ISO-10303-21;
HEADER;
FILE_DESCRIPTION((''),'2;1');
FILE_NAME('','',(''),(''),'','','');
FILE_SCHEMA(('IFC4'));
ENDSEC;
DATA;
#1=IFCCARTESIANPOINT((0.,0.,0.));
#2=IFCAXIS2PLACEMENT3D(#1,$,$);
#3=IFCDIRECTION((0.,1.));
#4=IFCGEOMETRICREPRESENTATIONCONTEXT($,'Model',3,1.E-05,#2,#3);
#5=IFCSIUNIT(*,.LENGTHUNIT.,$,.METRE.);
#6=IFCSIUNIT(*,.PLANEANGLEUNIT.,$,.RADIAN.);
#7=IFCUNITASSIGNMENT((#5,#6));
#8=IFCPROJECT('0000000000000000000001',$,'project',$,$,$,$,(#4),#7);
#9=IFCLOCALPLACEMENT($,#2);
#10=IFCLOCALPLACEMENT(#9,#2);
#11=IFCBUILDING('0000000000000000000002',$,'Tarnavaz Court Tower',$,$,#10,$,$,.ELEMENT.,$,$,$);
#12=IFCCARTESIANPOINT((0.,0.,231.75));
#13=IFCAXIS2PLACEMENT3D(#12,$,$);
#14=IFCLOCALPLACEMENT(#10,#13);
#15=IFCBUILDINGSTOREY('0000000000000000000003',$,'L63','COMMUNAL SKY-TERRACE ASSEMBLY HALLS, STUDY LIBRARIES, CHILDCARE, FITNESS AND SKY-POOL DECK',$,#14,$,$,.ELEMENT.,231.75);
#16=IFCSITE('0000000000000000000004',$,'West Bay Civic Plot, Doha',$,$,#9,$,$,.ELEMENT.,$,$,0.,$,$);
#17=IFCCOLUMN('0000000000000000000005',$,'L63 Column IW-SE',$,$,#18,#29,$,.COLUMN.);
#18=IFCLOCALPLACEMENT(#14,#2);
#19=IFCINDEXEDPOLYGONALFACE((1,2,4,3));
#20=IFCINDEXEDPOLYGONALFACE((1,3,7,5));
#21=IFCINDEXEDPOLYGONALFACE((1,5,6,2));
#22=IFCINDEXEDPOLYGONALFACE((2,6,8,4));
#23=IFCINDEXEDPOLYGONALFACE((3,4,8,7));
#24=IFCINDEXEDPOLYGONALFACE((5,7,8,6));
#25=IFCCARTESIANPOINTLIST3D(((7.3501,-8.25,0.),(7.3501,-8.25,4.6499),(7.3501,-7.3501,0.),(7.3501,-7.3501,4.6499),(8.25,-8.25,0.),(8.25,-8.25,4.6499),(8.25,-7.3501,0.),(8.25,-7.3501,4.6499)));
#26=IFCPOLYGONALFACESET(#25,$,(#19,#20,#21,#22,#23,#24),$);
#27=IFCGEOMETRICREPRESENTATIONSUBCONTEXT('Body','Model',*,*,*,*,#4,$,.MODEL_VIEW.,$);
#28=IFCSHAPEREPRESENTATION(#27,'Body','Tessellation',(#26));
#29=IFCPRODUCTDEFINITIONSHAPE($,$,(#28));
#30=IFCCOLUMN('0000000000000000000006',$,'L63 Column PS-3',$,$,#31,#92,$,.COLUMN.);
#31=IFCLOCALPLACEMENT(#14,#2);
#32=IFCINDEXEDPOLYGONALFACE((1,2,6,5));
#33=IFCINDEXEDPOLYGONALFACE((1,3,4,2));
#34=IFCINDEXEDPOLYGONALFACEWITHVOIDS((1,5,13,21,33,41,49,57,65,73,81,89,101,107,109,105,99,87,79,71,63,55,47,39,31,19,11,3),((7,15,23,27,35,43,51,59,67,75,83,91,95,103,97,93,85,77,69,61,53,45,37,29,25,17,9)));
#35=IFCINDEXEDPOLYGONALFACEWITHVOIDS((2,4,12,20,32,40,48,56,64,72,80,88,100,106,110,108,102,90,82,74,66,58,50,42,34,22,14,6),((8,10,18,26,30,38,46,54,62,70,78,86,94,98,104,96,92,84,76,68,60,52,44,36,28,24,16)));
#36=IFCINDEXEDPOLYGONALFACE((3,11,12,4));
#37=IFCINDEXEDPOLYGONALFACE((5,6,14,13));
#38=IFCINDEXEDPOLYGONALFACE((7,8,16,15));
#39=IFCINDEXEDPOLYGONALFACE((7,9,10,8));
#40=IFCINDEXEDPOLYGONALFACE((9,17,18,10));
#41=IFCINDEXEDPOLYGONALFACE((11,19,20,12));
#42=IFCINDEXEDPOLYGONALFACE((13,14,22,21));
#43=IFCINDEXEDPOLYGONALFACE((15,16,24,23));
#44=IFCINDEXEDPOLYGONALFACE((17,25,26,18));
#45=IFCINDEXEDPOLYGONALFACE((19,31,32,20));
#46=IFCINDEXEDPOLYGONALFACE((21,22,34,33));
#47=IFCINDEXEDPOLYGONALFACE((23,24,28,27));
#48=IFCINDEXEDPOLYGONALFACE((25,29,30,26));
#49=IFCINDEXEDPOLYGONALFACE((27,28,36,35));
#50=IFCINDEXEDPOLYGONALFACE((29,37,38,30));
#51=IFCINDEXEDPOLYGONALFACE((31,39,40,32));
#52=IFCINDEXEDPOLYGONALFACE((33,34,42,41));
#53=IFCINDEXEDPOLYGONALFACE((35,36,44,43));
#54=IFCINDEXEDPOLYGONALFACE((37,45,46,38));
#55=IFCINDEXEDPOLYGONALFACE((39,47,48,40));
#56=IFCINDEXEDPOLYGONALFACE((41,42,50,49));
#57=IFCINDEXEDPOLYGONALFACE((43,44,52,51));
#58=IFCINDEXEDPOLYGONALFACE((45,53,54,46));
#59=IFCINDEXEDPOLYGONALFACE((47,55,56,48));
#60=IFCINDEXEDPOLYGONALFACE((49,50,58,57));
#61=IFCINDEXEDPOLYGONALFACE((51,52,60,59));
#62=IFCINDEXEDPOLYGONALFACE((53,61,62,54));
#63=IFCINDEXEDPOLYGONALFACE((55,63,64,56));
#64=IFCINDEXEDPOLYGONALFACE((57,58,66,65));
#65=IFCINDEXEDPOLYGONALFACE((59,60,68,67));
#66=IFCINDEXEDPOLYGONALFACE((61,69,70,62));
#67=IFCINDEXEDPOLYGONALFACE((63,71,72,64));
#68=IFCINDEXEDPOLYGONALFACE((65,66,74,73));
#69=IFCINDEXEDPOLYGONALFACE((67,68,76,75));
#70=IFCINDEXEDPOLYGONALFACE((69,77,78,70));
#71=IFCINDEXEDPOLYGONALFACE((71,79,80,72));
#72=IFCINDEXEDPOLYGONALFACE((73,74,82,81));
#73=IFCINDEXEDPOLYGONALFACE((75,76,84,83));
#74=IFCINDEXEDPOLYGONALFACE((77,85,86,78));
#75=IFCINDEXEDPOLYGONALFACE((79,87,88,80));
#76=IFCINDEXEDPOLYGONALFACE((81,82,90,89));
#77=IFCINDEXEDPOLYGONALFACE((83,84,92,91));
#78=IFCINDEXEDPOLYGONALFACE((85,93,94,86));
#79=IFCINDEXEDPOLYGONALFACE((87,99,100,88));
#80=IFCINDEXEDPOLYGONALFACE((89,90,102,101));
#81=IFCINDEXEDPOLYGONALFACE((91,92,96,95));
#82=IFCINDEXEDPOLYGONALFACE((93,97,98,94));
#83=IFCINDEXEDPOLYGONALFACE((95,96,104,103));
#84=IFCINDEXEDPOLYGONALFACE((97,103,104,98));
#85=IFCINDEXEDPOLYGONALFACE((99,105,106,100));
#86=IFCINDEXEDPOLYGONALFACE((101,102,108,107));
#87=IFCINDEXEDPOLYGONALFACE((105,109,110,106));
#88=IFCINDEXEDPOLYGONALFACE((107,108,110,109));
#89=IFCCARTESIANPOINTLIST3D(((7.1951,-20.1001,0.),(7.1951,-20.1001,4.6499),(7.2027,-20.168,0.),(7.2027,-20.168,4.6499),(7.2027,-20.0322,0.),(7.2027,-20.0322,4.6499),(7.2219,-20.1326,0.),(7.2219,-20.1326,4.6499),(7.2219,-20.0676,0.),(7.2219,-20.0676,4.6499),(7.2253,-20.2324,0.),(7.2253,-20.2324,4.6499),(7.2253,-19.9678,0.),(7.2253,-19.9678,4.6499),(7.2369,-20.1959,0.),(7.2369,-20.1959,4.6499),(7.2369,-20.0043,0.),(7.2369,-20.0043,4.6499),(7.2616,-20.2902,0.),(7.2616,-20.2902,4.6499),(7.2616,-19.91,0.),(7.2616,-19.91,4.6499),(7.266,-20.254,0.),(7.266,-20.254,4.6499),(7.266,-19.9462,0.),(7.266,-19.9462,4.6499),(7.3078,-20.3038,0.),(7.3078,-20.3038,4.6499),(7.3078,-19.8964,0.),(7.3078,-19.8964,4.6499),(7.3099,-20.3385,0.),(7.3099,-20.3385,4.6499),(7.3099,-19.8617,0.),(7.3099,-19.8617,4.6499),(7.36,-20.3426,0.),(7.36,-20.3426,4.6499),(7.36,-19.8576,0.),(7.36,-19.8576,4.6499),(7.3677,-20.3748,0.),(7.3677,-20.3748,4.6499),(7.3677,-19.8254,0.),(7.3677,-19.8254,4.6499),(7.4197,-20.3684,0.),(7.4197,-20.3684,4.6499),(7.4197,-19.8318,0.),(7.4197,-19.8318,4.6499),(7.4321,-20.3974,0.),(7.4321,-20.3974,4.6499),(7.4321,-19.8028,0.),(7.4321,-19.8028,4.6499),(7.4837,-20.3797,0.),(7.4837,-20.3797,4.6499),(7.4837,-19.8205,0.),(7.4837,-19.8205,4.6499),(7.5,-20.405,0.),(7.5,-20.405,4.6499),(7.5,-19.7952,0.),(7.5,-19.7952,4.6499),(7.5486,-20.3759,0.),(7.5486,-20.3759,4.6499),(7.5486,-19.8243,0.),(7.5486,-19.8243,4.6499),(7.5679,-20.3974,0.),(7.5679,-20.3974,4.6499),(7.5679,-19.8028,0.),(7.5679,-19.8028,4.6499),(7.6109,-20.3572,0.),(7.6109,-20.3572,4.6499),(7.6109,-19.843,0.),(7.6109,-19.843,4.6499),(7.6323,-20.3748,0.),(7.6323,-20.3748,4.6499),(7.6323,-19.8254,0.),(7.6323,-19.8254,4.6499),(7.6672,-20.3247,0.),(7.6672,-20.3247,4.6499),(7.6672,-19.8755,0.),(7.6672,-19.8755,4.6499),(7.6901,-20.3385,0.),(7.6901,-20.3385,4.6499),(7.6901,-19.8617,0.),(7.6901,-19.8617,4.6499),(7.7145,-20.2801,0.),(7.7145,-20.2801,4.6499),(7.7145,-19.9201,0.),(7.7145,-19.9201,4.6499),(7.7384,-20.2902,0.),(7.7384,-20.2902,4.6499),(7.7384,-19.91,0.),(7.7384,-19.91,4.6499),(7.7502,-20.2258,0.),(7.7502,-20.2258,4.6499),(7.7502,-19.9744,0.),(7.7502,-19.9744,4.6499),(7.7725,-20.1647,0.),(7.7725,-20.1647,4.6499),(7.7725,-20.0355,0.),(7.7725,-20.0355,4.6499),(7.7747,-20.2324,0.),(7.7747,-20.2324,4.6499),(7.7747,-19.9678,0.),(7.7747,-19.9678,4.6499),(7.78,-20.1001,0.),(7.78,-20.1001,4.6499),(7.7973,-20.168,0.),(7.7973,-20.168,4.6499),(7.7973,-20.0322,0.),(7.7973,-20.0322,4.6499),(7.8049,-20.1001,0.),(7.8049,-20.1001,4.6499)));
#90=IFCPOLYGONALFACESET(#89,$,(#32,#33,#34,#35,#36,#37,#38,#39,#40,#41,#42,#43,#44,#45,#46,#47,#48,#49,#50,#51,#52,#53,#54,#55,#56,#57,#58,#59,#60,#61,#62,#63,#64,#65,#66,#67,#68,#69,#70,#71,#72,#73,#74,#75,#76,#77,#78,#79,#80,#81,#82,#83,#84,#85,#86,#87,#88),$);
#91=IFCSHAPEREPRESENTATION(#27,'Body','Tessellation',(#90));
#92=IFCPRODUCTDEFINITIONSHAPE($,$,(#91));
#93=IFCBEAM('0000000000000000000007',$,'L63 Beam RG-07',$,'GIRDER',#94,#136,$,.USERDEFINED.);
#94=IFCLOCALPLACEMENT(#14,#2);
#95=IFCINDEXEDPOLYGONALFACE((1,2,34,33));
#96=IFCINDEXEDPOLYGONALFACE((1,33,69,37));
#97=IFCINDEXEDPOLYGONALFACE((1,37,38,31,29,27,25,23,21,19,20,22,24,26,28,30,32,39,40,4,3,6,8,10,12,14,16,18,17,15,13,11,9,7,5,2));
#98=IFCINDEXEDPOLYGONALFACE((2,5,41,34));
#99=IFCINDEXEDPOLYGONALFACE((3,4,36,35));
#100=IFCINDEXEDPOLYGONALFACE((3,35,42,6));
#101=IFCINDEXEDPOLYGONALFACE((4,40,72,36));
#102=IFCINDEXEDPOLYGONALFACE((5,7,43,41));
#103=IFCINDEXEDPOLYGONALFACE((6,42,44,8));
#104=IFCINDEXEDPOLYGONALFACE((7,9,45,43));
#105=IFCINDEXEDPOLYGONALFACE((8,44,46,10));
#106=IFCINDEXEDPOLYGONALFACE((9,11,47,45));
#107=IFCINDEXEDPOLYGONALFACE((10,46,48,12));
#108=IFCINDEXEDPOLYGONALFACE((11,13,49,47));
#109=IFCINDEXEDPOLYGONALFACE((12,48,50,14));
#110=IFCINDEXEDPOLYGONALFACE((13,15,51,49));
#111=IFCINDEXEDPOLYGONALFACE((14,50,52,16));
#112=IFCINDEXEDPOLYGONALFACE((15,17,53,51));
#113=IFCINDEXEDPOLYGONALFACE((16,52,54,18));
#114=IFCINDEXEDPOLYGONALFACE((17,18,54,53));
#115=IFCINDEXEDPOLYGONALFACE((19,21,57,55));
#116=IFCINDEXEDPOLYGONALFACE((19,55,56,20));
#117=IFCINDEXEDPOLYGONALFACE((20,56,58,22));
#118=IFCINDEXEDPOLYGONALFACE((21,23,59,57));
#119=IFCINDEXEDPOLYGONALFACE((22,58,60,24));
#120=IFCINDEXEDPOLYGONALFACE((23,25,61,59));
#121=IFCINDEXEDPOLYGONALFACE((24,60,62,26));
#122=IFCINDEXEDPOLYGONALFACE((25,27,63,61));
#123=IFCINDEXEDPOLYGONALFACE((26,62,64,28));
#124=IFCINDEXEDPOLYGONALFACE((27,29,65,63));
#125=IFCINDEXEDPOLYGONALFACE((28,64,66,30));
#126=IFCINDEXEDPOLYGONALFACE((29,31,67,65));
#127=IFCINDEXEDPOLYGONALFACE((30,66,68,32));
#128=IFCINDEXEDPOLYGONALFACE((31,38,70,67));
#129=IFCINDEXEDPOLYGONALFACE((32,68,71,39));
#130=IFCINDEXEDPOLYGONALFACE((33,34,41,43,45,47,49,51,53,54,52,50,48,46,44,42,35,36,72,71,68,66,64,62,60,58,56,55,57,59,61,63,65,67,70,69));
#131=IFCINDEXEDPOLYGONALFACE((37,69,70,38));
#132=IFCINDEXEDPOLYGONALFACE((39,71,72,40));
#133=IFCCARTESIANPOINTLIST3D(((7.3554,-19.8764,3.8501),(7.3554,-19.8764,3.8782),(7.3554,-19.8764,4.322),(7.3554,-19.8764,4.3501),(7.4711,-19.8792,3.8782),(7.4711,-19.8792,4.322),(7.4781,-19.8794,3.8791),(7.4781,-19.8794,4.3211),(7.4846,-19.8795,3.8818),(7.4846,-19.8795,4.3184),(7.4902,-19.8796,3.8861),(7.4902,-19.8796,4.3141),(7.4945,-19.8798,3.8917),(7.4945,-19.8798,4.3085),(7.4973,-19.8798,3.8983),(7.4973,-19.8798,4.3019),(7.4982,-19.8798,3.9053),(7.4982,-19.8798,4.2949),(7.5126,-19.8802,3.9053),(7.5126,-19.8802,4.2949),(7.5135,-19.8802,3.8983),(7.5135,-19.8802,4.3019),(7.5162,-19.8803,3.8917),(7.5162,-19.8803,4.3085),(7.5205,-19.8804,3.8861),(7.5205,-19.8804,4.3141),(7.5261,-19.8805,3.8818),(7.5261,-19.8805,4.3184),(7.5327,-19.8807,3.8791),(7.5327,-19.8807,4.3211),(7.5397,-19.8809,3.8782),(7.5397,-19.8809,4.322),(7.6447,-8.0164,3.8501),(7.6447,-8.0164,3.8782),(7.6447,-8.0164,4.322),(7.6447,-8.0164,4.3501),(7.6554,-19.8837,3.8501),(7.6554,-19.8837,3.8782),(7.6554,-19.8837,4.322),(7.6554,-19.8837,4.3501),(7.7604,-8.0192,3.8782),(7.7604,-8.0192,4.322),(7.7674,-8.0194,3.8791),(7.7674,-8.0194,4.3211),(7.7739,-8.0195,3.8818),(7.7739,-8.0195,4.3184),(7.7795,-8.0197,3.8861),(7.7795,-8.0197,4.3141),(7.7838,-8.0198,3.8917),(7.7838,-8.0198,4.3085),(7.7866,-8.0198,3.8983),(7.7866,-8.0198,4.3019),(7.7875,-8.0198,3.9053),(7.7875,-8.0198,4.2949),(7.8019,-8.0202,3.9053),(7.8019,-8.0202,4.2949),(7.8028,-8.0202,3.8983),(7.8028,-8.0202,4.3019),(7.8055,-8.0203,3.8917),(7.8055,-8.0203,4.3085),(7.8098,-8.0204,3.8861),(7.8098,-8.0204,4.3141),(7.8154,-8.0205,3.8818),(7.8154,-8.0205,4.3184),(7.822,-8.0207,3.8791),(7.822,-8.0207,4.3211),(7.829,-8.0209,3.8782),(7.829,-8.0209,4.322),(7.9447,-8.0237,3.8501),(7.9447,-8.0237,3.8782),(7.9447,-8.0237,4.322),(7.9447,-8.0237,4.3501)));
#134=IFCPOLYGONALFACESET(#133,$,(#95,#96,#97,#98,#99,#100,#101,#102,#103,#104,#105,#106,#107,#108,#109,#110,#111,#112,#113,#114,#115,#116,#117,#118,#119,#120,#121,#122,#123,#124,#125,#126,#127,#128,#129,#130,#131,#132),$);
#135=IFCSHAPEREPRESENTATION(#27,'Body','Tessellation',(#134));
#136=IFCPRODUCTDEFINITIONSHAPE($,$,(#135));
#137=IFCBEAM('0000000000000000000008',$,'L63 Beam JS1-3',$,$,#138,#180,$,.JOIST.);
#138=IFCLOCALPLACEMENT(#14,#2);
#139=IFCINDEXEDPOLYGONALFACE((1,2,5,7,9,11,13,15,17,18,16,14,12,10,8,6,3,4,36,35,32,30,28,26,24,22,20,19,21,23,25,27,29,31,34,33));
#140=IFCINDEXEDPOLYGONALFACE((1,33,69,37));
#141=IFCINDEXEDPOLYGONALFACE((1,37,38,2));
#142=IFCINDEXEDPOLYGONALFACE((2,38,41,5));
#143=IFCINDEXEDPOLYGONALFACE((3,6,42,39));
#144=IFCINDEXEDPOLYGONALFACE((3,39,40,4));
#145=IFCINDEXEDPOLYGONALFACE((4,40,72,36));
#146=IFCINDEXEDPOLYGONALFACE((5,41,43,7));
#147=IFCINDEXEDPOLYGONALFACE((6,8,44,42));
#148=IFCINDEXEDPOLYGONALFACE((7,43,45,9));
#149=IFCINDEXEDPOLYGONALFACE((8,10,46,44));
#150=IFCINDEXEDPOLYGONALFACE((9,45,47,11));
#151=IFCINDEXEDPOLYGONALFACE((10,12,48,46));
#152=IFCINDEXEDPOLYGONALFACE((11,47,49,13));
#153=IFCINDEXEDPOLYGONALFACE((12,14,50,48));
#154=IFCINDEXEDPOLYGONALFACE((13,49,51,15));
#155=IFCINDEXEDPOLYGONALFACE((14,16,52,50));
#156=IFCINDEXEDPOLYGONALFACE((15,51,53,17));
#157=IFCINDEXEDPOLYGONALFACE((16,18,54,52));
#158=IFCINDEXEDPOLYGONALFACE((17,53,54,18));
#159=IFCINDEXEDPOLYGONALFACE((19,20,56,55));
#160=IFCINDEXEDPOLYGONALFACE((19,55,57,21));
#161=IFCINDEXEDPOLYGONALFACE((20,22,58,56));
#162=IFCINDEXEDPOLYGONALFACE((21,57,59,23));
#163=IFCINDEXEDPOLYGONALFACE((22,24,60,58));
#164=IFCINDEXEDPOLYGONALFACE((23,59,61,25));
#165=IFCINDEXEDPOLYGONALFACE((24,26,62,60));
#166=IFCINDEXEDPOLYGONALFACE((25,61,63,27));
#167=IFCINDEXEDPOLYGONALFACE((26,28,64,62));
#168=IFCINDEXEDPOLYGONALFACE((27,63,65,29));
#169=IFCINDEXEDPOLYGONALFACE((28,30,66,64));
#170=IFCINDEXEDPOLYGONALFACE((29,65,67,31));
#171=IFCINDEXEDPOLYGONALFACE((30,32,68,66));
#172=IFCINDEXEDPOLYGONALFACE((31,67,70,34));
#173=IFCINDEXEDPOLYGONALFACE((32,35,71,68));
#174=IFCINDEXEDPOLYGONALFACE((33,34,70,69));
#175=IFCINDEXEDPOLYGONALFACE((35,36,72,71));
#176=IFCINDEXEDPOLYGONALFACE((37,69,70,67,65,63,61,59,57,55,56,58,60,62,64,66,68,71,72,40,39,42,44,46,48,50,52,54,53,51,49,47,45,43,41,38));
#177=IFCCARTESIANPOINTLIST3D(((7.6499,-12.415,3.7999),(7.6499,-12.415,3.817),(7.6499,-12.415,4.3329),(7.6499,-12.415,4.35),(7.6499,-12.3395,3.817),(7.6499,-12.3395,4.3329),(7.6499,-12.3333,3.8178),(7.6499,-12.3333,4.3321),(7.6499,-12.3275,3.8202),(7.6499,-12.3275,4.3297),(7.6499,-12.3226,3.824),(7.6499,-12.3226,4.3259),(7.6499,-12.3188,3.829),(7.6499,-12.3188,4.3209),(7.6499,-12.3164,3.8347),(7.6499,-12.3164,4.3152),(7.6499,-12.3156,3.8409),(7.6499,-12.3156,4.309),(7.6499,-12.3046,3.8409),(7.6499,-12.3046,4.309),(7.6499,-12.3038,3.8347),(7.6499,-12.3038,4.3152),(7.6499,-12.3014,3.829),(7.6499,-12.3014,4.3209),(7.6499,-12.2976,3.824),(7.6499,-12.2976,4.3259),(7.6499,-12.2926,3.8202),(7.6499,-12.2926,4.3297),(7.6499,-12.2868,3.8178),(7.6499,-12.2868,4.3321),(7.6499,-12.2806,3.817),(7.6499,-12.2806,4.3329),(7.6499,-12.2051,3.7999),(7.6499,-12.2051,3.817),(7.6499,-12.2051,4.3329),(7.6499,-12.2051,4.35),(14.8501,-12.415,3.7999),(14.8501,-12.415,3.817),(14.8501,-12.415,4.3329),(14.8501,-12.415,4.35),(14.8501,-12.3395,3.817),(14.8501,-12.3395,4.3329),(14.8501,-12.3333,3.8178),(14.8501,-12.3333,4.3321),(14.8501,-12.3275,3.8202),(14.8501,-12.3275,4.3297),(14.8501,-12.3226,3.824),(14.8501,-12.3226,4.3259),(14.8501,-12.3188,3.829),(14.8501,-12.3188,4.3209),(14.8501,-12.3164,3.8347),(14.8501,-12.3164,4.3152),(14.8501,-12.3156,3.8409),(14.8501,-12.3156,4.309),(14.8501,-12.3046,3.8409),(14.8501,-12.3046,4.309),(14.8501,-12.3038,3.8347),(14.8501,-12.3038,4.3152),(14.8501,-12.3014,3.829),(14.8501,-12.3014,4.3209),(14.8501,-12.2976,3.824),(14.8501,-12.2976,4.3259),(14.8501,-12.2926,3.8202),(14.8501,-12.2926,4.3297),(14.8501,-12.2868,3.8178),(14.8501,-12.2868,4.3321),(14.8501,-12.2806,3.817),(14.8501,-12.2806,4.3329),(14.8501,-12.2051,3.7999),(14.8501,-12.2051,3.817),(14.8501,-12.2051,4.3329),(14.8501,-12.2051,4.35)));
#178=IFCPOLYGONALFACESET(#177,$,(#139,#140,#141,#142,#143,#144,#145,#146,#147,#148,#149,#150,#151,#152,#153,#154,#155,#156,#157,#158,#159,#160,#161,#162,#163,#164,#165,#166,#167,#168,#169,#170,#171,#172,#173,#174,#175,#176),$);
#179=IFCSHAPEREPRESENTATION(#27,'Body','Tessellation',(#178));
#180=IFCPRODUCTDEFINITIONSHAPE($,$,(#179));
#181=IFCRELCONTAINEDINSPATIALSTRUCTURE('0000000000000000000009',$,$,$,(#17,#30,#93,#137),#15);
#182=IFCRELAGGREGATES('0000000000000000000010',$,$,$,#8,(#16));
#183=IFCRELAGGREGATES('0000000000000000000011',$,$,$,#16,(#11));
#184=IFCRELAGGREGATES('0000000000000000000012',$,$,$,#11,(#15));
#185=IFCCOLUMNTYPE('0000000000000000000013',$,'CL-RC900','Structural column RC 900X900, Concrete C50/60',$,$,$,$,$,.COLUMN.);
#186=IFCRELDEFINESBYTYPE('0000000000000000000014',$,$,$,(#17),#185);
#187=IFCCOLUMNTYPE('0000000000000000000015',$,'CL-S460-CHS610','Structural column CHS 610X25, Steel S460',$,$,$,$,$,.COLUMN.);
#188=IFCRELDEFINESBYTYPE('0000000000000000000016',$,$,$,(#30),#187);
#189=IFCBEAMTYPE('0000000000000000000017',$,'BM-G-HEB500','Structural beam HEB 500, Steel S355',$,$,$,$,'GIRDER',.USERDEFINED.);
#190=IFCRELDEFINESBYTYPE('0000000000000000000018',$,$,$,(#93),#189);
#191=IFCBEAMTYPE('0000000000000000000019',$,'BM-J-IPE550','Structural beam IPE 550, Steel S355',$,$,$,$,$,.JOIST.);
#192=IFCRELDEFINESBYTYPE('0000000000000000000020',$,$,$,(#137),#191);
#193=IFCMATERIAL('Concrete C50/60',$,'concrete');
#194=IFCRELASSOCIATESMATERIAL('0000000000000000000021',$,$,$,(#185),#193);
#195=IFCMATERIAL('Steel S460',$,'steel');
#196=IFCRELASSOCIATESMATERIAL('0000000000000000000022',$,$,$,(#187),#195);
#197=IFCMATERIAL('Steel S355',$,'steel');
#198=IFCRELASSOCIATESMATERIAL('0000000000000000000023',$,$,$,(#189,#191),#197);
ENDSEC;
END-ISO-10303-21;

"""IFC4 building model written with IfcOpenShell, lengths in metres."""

from ifc_helpers import new_model, si_unit, direction, frame, origin, origin_2d, place, context, subcontext, project, spatial, rectangle, hollow_circle, i_section, extrude, material, material_profile, profile_set, type_object, element, save


model = new_model("IFC4")

# Units and contexts
model_context = context("Model", 3, precision=1e-05, world=origin(), true_north=direction((0.0, 1.0)))
body_context = subcontext(model_context, "Body", "Model", "MODEL_VIEW")
ifc_project = project(units=[si_unit("LENGTHUNIT", "METRE"), si_unit("PLANEANGLEUNIT", "RADIAN")], contexts=[model_context])

# Site, building, storey
site_placement = place(None, origin())
site = spatial("IfcSite", under=ifc_project, at=site_placement, Name="West Bay Civic Plot, Doha", CompositionType="ELEMENT", RefElevation=0.0)
building_placement = place(site_placement, origin())
building = spatial("IfcBuilding", under=site, at=building_placement, Name="Tarnavaz Court Tower", CompositionType="ELEMENT")
storey_placement = place(building_placement, frame((0.0, 0.0, 231.75)))
storey = spatial("IfcBuildingStorey", under=building, at=storey_placement, Name="L63", Description="COMMUNAL SKY-TERRACE ASSEMBLY HALLS, STUDY LIBRARIES, CHILDCARE, FITNESS AND SKY-POOL DECK", CompositionType="ELEMENT", Elevation=231.75)

# Columns
ifc_material_1 = material(Name="Concrete C50/60", Category="concrete")
ifc_material_profile_1 = material_profile(ifc_material_1, rectangle(XDim=0.8999, YDim=0.8999, at=origin_2d()), Name="RC 900X900")
ifc_profile_set_1 = profile_set([ifc_material_profile_1], Name="Concrete C50/60")
column_type_1 = type_object("IfcColumnType", Name="CL-RC900", Description="Structural column RC 900X900, Concrete C50/60", PredefinedType="COLUMN", material=ifc_profile_set_1)
column_1_placement = place(storey_placement, frame((7.8, -7.8, 0.0), z_axis=(0.0, 0.0, 1.0), x_axis=(1.0, 0.0, 0.0)))
element("IfcColumn", 1, at=column_1_placement, inside=storey, type_object=column_type_1, Name="L63 Column IW-SE", PredefinedType="COLUMN", context=body_context, shape_type="SweptSolid", body=[
    extrude(rectangle(XDim=0.8999, YDim=0.8999, at=origin_2d()), origin(), (0.0, 0.0, 1.0), 4.6499),
])
ifc_material_2 = material(Name="Steel S460", Category="steel")
ifc_material_profile_2 = material_profile(ifc_material_2, hollow_circle(Radius=0.3049, WallThickness=0.0249, at=origin_2d()), Name="CHS 610X25")
ifc_profile_set_2 = profile_set([ifc_material_profile_2], Name="Steel S460")
column_type_2 = type_object("IfcColumnType", Name="CL-S460-CHS610", Description="Structural column CHS 610X25, Steel S460", PredefinedType="COLUMN", material=ifc_profile_set_2)
column_2_placement = place(storey_placement, frame((7.5, -20.1001, 0.0), z_axis=(0.0, 0.0, 1.0), x_axis=(1.0, 0.0, 0.0)))
element("IfcColumn", 2, at=column_2_placement, inside=storey, type_object=column_type_2, Name="L63 Column PS-3", PredefinedType="COLUMN", context=body_context, shape_type="SweptSolid", body=[
    extrude(hollow_circle(Radius=0.3049, WallThickness=0.0249, at=origin_2d()), origin(), (0.0, 0.0, 1.0), 4.6499),
])

# Beams
ifc_material_3 = material(Name="Steel S355", Category="steel")
ifc_material_profile_3 = material_profile(ifc_material_3, i_section(OverallWidth=0.3, OverallDepth=0.5, WebThickness=0.0144, FlangeThickness=0.0281, FilletRadius=0.0271, at=origin_2d()), Name="HEB 500")
ifc_profile_set_3 = profile_set([ifc_material_profile_3], Name="Steel S355")
beam_type_1 = type_object("IfcBeamType", Name="BM-G-HEB500", Description="Structural beam HEB 500, Steel S355", ElementType="GIRDER", PredefinedType="USERDEFINED", material=ifc_profile_set_3)
beam_1_placement = place(storey_placement, frame((7.7947, -8.02, 4.1001), z_axis=(-0.024386, -0.999703, 0.0), x_axis=(0.999703, -0.024386, 0.0)))
element("IfcBeam", 3, at=beam_1_placement, inside=storey, type_object=beam_type_1, Name="L63 Beam RG-07", ObjectType="GIRDER", PredefinedType="USERDEFINED", context=body_context, shape_type="SweptSolid", body=[
    extrude(i_section(OverallWidth=0.3, OverallDepth=0.5, WebThickness=0.0144, FlangeThickness=0.0281, FilletRadius=0.0271, at=origin_2d()), origin(), (0.0, 0.0, 1.0), 11.8635),
])
ifc_material_profile_4 = material_profile(ifc_material_3, i_section(OverallWidth=0.21, OverallDepth=0.55, WebThickness=0.011, FlangeThickness=0.0171, FilletRadius=0.0239, at=origin_2d()), Name="IPE 550")
ifc_profile_set_4 = profile_set([ifc_material_profile_4], Name="Steel S355")
beam_type_2 = type_object("IfcBeamType", Name="BM-J-IPE550", Description="Structural beam IPE 550, Steel S355", PredefinedType="JOIST", material=ifc_profile_set_4)
for number, where, z_axis, x_axis, name in (
    (4, (7.6499, -12.3101, 4.075), (1.0, 0.0, 0.0), (0.0, 1.0, 0.0), "L63 Beam JS1-3"),
):
    element("IfcBeam", number, at=place(storey_placement, frame(where, z_axis=z_axis, x_axis=x_axis)), inside=storey, type_object=beam_type_2, Name=name, PredefinedType="JOIST", context=body_context, shape_type="SweptSolid", body=[
        extrude(i_section(OverallWidth=0.21, OverallDepth=0.55, WebThickness=0.011, FlangeThickness=0.0171, FilletRadius=0.0239, at=origin_2d()), origin(), (0.0, 0.0, 1.0), 7.2002),
    ])

save(model, "model.ifc")
